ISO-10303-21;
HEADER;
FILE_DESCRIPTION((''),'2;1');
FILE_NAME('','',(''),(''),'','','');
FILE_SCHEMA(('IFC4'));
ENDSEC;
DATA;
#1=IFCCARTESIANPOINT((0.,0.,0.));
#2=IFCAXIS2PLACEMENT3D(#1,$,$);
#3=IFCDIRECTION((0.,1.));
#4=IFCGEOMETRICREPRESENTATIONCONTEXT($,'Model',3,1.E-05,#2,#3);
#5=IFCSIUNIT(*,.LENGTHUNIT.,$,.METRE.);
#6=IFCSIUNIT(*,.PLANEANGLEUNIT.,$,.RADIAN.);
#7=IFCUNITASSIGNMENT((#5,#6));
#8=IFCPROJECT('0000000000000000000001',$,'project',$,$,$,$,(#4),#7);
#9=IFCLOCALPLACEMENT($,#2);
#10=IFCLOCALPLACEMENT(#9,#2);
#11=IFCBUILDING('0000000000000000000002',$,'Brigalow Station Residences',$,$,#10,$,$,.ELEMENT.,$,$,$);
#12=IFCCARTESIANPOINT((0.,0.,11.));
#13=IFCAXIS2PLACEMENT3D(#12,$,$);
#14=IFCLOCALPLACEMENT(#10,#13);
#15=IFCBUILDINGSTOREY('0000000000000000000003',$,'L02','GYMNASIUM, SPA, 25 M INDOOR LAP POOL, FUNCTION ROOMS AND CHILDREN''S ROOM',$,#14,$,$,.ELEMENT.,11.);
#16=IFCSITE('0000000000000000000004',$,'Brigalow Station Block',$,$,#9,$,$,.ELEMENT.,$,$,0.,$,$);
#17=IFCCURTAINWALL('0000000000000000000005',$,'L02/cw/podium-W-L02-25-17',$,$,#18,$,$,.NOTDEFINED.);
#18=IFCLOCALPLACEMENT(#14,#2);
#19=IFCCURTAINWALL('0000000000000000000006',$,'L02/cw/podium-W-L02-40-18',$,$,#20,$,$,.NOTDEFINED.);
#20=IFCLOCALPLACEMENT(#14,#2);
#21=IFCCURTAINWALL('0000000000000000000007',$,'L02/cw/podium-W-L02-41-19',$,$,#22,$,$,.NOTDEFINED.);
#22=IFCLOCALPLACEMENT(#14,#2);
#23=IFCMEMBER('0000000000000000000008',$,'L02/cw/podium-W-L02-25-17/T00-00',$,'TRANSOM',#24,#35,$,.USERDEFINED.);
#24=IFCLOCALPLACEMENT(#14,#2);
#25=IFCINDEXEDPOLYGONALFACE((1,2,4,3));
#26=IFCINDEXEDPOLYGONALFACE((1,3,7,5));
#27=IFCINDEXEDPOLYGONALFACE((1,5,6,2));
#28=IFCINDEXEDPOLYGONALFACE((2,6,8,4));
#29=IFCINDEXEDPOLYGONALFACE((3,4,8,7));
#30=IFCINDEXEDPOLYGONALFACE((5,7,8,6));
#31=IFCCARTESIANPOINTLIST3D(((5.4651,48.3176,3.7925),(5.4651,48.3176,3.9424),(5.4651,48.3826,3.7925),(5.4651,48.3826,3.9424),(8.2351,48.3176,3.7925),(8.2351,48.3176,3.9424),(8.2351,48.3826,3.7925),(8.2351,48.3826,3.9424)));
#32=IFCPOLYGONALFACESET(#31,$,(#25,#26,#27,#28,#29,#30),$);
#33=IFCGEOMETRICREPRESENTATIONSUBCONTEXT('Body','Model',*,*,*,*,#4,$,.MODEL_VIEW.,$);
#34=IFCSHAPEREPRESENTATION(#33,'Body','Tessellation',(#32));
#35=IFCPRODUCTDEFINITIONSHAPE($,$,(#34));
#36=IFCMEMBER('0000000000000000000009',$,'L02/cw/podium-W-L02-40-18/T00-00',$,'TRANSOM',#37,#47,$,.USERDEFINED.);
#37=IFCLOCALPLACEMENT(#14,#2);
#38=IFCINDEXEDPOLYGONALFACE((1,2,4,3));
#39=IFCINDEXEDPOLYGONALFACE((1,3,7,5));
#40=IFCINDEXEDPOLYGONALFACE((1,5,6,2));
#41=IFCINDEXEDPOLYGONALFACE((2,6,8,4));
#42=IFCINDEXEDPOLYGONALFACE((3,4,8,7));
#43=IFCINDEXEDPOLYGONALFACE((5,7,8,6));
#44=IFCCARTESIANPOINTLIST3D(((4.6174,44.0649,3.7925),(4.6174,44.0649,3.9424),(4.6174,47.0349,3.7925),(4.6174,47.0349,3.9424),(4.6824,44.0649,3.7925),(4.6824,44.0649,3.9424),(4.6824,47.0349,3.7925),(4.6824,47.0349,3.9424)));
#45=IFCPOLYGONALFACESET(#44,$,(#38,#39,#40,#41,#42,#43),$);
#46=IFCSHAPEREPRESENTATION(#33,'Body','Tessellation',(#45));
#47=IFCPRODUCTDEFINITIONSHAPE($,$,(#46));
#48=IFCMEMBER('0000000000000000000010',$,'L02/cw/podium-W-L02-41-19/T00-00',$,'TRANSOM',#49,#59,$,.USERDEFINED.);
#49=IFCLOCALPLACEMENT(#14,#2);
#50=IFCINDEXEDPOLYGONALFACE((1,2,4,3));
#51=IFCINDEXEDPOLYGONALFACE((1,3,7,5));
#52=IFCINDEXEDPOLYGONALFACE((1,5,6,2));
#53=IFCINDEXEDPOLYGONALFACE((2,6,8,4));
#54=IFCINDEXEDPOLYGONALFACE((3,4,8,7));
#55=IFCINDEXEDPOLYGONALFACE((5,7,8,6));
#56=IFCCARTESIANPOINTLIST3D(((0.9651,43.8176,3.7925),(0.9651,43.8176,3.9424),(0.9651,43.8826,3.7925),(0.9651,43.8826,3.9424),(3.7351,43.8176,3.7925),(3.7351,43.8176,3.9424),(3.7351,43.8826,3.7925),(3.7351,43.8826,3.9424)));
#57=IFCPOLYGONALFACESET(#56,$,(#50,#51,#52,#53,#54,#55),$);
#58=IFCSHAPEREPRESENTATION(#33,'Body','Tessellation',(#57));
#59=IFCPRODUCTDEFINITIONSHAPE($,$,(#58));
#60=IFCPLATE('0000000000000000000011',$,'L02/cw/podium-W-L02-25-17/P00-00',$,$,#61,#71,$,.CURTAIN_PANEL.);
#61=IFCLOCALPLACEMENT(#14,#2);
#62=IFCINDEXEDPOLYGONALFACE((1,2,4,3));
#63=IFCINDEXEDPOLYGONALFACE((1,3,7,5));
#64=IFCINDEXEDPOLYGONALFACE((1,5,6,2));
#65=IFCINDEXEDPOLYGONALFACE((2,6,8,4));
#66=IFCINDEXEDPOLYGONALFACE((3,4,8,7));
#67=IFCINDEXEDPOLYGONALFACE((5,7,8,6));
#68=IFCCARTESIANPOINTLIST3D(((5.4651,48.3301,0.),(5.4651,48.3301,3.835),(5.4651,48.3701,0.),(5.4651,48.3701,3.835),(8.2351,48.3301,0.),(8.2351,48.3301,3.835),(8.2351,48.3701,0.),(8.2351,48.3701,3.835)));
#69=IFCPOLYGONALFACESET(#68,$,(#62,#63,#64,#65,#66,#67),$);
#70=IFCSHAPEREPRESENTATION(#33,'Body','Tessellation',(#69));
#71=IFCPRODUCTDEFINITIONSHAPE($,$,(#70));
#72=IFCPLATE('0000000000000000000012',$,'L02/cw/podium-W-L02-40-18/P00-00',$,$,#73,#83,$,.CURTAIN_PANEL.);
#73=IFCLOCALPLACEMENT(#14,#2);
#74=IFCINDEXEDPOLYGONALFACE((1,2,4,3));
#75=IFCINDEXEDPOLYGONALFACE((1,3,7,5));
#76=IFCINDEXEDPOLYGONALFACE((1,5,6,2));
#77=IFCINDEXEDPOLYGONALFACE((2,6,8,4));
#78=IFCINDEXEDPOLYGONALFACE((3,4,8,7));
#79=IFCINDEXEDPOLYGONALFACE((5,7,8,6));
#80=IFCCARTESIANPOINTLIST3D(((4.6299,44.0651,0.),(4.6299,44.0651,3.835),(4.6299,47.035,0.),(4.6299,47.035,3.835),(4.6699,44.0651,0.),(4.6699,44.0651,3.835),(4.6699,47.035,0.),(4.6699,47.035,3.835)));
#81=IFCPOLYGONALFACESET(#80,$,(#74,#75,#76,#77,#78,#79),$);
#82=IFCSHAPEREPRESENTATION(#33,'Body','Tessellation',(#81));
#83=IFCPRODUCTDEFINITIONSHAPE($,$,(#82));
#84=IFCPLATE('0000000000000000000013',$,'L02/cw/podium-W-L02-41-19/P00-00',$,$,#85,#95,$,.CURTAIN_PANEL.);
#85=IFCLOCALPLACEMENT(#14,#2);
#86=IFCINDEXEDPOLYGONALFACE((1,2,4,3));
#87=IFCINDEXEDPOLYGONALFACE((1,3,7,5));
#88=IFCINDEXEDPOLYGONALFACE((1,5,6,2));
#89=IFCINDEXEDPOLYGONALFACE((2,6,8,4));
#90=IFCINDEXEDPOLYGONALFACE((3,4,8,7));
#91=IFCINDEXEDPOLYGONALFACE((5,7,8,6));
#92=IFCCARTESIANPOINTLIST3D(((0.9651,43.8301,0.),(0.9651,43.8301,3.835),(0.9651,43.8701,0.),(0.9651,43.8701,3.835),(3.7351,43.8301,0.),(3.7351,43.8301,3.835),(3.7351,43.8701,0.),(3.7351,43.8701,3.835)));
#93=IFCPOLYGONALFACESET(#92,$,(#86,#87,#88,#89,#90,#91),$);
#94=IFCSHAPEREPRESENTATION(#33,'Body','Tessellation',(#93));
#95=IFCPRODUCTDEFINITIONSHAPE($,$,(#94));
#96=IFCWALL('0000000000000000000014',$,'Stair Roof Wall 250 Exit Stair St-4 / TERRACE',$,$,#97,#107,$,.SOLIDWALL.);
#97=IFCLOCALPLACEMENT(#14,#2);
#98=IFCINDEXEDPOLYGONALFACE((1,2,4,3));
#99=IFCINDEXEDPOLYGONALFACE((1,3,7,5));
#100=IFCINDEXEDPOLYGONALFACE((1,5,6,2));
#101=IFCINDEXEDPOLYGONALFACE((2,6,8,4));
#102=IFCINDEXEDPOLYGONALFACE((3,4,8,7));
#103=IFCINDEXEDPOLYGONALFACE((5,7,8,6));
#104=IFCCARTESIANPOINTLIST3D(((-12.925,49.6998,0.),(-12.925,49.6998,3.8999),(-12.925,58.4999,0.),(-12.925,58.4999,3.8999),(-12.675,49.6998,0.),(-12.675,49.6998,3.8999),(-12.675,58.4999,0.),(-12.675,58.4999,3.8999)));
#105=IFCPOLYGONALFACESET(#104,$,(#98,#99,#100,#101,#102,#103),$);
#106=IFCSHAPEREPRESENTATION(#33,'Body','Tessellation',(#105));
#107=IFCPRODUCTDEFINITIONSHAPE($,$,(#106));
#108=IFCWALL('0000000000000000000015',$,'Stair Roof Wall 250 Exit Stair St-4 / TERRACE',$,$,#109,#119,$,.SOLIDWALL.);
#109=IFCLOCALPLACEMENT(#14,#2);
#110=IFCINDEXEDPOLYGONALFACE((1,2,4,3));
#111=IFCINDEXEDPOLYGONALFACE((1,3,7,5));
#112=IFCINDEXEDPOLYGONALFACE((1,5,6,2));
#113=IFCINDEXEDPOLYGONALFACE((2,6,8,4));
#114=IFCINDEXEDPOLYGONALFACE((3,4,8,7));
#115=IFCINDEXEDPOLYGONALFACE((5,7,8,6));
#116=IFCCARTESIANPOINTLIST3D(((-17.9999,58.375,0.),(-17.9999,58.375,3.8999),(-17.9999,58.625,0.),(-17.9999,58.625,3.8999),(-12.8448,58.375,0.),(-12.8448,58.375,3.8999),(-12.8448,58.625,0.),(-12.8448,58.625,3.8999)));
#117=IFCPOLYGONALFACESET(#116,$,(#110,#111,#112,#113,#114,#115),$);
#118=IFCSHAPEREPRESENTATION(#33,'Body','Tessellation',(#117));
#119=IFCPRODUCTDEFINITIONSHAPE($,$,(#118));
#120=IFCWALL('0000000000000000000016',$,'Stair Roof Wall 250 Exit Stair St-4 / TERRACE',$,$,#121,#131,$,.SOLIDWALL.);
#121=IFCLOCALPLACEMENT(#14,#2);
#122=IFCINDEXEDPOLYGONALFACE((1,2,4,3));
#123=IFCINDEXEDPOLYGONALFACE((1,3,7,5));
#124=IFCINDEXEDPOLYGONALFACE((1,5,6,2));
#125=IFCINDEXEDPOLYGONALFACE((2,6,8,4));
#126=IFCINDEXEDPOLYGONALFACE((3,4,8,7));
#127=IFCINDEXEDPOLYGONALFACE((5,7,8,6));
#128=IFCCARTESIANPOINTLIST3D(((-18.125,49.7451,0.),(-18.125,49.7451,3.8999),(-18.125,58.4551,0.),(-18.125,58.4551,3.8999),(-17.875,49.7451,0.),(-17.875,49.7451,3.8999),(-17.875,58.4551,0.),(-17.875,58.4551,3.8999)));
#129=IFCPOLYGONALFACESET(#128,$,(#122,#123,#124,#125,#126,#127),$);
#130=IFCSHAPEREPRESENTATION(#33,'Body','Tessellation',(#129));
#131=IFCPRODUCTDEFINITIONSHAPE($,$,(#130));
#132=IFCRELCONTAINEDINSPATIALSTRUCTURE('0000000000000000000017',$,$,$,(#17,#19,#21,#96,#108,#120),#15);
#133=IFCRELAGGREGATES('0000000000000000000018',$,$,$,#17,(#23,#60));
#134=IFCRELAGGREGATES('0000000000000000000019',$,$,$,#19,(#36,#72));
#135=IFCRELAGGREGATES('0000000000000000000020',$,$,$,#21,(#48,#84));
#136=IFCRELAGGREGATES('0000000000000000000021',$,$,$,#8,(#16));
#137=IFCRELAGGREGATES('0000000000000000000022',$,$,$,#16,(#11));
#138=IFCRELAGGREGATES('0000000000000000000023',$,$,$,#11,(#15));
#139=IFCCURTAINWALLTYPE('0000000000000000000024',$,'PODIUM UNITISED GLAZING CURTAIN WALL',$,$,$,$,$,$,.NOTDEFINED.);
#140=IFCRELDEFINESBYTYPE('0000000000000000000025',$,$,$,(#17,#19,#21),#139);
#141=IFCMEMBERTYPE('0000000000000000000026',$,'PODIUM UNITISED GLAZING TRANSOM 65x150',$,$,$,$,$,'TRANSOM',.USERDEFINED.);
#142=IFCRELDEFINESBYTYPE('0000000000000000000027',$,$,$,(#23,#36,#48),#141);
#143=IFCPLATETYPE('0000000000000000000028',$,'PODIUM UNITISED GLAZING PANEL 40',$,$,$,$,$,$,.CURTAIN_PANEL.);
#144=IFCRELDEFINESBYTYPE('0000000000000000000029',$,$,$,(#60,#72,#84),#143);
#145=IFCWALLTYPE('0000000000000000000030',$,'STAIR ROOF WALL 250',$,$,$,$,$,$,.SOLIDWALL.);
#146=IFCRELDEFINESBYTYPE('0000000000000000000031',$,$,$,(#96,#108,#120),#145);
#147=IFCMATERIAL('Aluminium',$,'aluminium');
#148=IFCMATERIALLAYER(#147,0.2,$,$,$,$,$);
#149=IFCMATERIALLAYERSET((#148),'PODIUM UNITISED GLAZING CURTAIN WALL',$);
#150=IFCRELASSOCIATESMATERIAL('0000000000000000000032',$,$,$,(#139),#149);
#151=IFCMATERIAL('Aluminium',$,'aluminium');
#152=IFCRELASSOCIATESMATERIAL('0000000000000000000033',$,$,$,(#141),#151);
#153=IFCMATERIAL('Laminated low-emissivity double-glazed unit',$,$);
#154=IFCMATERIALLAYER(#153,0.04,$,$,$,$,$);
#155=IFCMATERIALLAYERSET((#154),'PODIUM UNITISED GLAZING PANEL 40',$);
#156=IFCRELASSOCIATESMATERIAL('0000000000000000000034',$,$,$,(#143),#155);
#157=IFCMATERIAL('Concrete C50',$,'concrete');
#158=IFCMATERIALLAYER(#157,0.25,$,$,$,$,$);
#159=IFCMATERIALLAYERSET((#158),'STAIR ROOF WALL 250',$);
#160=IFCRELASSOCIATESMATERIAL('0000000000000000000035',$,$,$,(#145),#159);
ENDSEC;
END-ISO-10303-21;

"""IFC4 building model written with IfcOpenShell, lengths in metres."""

from ifc_helpers import new_model, si_unit, direction, frame, frame_2d, origin, origin_2d, place, context, subcontext, project, spatial, rectangle, extrude, material, layer, layer_set, material_profile, profile_set, type_object, element, aggregate, save


model = new_model("IFC4")

# Units and contexts
model_context = context("Model", 3, precision=1e-05, world=origin(), true_north=direction((0.0, 1.0)))
body_context = subcontext(model_context, "Body", "Model", "MODEL_VIEW")
ifc_project = project(units=[si_unit("LENGTHUNIT", "METRE"), si_unit("PLANEANGLEUNIT", "RADIAN")], contexts=[model_context])

# Site, building, storey
site_placement = place(None, origin())
site = spatial("IfcSite", under=ifc_project, at=site_placement, Name="Brigalow Station Block", CompositionType="ELEMENT", RefElevation=0.0)
building_placement = place(site_placement, origin())
building = spatial("IfcBuilding", under=site, at=building_placement, Name="Brigalow Station Residences", CompositionType="ELEMENT")
storey_placement = place(building_placement, frame((0.0, 0.0, 11.0)))
storey = spatial("IfcBuildingStorey", under=building, at=storey_placement, Name="L02", Description="GYMNASIUM, SPA, 25 M INDOOR LAP POOL, FUNCTION ROOMS AND CHILDREN'S ROOM", CompositionType="ELEMENT", Elevation=11.0)

# Curtain walls
ifc_material_1 = material(Name="Aluminium", Category="aluminium")
ifc_layer_1 = layer(ifc_material_1, 0.2)
ifc_layer_set_1 = layer_set([ifc_layer_1], Name="PODIUM UNITISED GLAZING CURTAIN WALL")
curtain_wall_type = type_object("IfcCurtainWallType", Name="PODIUM UNITISED GLAZING CURTAIN WALL", PredefinedType="NOTDEFINED", material=ifc_layer_set_1)
curtain_wall_1_placement = place(storey_placement, origin())
curtain_wall_1 = element("IfcCurtainWall", 1, at=curtain_wall_1_placement, inside=storey, type_object=curtain_wall_type, Name="L02/cw/podium-W-L02-25-17", PredefinedType="NOTDEFINED")
curtain_wall_2_placement = place(storey_placement, origin())
curtain_wall_2 = element("IfcCurtainWall", 2, at=curtain_wall_2_placement, inside=storey, type_object=curtain_wall_type, Name="L02/cw/podium-W-L02-40-18", PredefinedType="NOTDEFINED")
curtain_wall_3_placement = place(storey_placement, origin())
curtain_wall_3 = element("IfcCurtainWall", 3, at=curtain_wall_3_placement, inside=storey, type_object=curtain_wall_type, Name="L02/cw/podium-W-L02-41-19", PredefinedType="NOTDEFINED")

# Members
ifc_material_2 = material(Name="Aluminium", Category="aluminium")
ifc_material_profile_1 = material_profile(ifc_material_2, rectangle(XDim=0.0649, YDim=0.1499, at=origin_2d()), Name="PODIUM UNITISED GLAZING TRANSOM 65x150")
ifc_profile_set_1 = profile_set([ifc_material_profile_1], Name="Aluminium")
member_type_1 = type_object("IfcMemberType", Name="PODIUM UNITISED GLAZING TRANSOM 65x150", ElementType="TRANSOM", PredefinedType="USERDEFINED", material=ifc_profile_set_1)
member_1_placement = place(storey_placement, frame((8.2351, 48.3501, 3.8674), z_axis=(-1.0, 0.0, 0.0), x_axis=(0.0, -1.0, 0.0)))
member_1 = element("IfcMember", 4, at=member_1_placement, type_object=member_type_1, Name="L02/cw/podium-W-L02-25-17/T00-00", ObjectType="TRANSOM", PredefinedType="USERDEFINED", context=body_context, shape_type="SweptSolid", body=[
    extrude(rectangle(XDim=0.0649, YDim=0.1499, at=origin_2d()), origin(), (0.0, 0.0, 1.0), 2.77),
])
member_2_placement = place(storey_placement, frame((4.6499, 47.0349, 3.8674), z_axis=(0.0, -1.0, 0.0), x_axis=(1.0, 0.0, 0.0)))
member_2 = element("IfcMember", 5, at=member_2_placement, type_object=member_type_1, Name="L02/cw/podium-W-L02-40-18/T00-00", ObjectType="TRANSOM", PredefinedType="USERDEFINED", context=body_context, shape_type="SweptSolid", body=[
    extrude(rectangle(XDim=0.0649, YDim=0.1499, at=origin_2d()), origin(), (0.0, 0.0, 1.0), 2.97),
])
member_3_placement = place(storey_placement, frame((3.7351, 43.8501, 3.8674), z_axis=(-1.0, 0.0, 0.0), x_axis=(0.0, -1.0, 0.0)))
member_3 = element("IfcMember", 6, at=member_3_placement, type_object=member_type_1, Name="L02/cw/podium-W-L02-41-19/T00-00", ObjectType="TRANSOM", PredefinedType="USERDEFINED", context=body_context, shape_type="SweptSolid", body=[
    extrude(rectangle(XDim=0.0649, YDim=0.1499, at=origin_2d()), origin(), (0.0, 0.0, 1.0), 2.77),
])

# Plates
ifc_material_3 = material(Name="Laminated low-emissivity double-glazed unit")
ifc_layer_2 = layer(ifc_material_3, 0.04)
ifc_layer_set_2 = layer_set([ifc_layer_2], Name="PODIUM UNITISED GLAZING PANEL 40")
plate_type = type_object("IfcPlateType", Name="PODIUM UNITISED GLAZING PANEL 40", PredefinedType="CURTAIN_PANEL", material=ifc_layer_set_2)
plate_1_placement = place(storey_placement, frame((6.8501, 48.3501, 0.0), z_axis=(0.0, 0.0, 1.0), x_axis=(-1.0, 0.0, 0.0)))
plate_1 = element("IfcPlate", 7, at=plate_1_placement, type_object=plate_type, Name="L02/cw/podium-W-L02-25-17/P00-00", PredefinedType="CURTAIN_PANEL", context=body_context, shape_type="SweptSolid", body=[
    extrude(rectangle(XDim=2.77, YDim=0.04, at=origin_2d()), origin(), (0.0, 0.0, 1.0), 3.835),
])
aggregate(curtain_wall_1, [member_1, plate_1])
plate_2_placement = place(storey_placement, frame((4.6499, 45.55, 0.0), z_axis=(0.0, 0.0, 1.0), x_axis=(0.0, -1.0, 0.0)))
plate_2 = element("IfcPlate", 8, at=plate_2_placement, type_object=plate_type, Name="L02/cw/podium-W-L02-40-18/P00-00", PredefinedType="CURTAIN_PANEL", context=body_context, shape_type="SweptSolid", body=[
    extrude(rectangle(XDim=2.97, YDim=0.04, at=origin_2d()), origin(), (0.0, 0.0, 1.0), 3.835),
])
aggregate(curtain_wall_2, [member_2, plate_2])
plate_3_placement = place(storey_placement, frame((2.3501, 43.8501, 0.0), z_axis=(0.0, 0.0, 1.0), x_axis=(-1.0, 0.0, 0.0)))
plate_3 = element("IfcPlate", 9, at=plate_3_placement, type_object=plate_type, Name="L02/cw/podium-W-L02-41-19/P00-00", PredefinedType="CURTAIN_PANEL", context=body_context, shape_type="SweptSolid", body=[
    extrude(rectangle(XDim=2.77, YDim=0.04, at=origin_2d()), origin(), (0.0, 0.0, 1.0), 3.835),
])
aggregate(curtain_wall_3, [member_3, plate_3])

# Walls
ifc_material_4 = material(Name="Concrete C50", Category="concrete")
ifc_layer_3 = layer(ifc_material_4, 0.25)
ifc_layer_set_3 = layer_set([ifc_layer_3], Name="STAIR ROOF WALL 250")
wall_type = type_object("IfcWallType", Name="STAIR ROOF WALL 250", PredefinedType="SOLIDWALL", material=ifc_layer_set_3)
wall_1_placement = place(storey_placement, frame((-12.8, 49.7, 0.0), z_axis=(0.0, 0.0, 1.0), x_axis=(0.0, 1.0, 0.0)))
element("IfcWall", 10, at=wall_1_placement, inside=storey, type_object=wall_type, Name="Stair Roof Wall 250 Exit Stair St-4 / TERRACE", PredefinedType="SOLIDWALL", context=body_context, shape_type="SweptSolid", body=[
    extrude(rectangle(XDim=8.8, YDim=0.25, at=frame_2d((4.3999, 0.0))), origin(), (0.0, 0.0, 1.0), 3.8999),
])
wall_2_placement = place(storey_placement, frame((-18.0, 58.5, 0.0), z_axis=(0.0, 0.0, 1.0), x_axis=(1.0, 0.0, 0.0)))
element("IfcWall", 11, at=wall_2_placement, inside=storey, type_object=wall_type, Name="Stair Roof Wall 250 Exit Stair St-4 / TERRACE", PredefinedType="SOLIDWALL", context=body_context, shape_type="SweptSolid", body=[
    extrude(rectangle(XDim=5.155, YDim=0.25, at=frame_2d((2.5776, 0.0))), origin(), (0.0, 0.0, 1.0), 3.8999),
])

# Wall
wall_3_placement = place(storey_placement, frame((-18.0, 49.7451, 0.0), z_axis=(0.0, 0.0, 1.0), x_axis=(0.0, 1.0, 0.0)))
element("IfcWall", 12, at=wall_3_placement, inside=storey, type_object=wall_type, Name="Stair Roof Wall 250 Exit Stair St-4 / TERRACE", PredefinedType="SOLIDWALL", context=body_context, shape_type="SweptSolid", body=[
    extrude(rectangle(XDim=8.71, YDim=0.25, at=frame_2d((4.355, 0.0))), origin(), (0.0, 0.0, 1.0), 3.8999),
])

save(model, "model.ifc")
